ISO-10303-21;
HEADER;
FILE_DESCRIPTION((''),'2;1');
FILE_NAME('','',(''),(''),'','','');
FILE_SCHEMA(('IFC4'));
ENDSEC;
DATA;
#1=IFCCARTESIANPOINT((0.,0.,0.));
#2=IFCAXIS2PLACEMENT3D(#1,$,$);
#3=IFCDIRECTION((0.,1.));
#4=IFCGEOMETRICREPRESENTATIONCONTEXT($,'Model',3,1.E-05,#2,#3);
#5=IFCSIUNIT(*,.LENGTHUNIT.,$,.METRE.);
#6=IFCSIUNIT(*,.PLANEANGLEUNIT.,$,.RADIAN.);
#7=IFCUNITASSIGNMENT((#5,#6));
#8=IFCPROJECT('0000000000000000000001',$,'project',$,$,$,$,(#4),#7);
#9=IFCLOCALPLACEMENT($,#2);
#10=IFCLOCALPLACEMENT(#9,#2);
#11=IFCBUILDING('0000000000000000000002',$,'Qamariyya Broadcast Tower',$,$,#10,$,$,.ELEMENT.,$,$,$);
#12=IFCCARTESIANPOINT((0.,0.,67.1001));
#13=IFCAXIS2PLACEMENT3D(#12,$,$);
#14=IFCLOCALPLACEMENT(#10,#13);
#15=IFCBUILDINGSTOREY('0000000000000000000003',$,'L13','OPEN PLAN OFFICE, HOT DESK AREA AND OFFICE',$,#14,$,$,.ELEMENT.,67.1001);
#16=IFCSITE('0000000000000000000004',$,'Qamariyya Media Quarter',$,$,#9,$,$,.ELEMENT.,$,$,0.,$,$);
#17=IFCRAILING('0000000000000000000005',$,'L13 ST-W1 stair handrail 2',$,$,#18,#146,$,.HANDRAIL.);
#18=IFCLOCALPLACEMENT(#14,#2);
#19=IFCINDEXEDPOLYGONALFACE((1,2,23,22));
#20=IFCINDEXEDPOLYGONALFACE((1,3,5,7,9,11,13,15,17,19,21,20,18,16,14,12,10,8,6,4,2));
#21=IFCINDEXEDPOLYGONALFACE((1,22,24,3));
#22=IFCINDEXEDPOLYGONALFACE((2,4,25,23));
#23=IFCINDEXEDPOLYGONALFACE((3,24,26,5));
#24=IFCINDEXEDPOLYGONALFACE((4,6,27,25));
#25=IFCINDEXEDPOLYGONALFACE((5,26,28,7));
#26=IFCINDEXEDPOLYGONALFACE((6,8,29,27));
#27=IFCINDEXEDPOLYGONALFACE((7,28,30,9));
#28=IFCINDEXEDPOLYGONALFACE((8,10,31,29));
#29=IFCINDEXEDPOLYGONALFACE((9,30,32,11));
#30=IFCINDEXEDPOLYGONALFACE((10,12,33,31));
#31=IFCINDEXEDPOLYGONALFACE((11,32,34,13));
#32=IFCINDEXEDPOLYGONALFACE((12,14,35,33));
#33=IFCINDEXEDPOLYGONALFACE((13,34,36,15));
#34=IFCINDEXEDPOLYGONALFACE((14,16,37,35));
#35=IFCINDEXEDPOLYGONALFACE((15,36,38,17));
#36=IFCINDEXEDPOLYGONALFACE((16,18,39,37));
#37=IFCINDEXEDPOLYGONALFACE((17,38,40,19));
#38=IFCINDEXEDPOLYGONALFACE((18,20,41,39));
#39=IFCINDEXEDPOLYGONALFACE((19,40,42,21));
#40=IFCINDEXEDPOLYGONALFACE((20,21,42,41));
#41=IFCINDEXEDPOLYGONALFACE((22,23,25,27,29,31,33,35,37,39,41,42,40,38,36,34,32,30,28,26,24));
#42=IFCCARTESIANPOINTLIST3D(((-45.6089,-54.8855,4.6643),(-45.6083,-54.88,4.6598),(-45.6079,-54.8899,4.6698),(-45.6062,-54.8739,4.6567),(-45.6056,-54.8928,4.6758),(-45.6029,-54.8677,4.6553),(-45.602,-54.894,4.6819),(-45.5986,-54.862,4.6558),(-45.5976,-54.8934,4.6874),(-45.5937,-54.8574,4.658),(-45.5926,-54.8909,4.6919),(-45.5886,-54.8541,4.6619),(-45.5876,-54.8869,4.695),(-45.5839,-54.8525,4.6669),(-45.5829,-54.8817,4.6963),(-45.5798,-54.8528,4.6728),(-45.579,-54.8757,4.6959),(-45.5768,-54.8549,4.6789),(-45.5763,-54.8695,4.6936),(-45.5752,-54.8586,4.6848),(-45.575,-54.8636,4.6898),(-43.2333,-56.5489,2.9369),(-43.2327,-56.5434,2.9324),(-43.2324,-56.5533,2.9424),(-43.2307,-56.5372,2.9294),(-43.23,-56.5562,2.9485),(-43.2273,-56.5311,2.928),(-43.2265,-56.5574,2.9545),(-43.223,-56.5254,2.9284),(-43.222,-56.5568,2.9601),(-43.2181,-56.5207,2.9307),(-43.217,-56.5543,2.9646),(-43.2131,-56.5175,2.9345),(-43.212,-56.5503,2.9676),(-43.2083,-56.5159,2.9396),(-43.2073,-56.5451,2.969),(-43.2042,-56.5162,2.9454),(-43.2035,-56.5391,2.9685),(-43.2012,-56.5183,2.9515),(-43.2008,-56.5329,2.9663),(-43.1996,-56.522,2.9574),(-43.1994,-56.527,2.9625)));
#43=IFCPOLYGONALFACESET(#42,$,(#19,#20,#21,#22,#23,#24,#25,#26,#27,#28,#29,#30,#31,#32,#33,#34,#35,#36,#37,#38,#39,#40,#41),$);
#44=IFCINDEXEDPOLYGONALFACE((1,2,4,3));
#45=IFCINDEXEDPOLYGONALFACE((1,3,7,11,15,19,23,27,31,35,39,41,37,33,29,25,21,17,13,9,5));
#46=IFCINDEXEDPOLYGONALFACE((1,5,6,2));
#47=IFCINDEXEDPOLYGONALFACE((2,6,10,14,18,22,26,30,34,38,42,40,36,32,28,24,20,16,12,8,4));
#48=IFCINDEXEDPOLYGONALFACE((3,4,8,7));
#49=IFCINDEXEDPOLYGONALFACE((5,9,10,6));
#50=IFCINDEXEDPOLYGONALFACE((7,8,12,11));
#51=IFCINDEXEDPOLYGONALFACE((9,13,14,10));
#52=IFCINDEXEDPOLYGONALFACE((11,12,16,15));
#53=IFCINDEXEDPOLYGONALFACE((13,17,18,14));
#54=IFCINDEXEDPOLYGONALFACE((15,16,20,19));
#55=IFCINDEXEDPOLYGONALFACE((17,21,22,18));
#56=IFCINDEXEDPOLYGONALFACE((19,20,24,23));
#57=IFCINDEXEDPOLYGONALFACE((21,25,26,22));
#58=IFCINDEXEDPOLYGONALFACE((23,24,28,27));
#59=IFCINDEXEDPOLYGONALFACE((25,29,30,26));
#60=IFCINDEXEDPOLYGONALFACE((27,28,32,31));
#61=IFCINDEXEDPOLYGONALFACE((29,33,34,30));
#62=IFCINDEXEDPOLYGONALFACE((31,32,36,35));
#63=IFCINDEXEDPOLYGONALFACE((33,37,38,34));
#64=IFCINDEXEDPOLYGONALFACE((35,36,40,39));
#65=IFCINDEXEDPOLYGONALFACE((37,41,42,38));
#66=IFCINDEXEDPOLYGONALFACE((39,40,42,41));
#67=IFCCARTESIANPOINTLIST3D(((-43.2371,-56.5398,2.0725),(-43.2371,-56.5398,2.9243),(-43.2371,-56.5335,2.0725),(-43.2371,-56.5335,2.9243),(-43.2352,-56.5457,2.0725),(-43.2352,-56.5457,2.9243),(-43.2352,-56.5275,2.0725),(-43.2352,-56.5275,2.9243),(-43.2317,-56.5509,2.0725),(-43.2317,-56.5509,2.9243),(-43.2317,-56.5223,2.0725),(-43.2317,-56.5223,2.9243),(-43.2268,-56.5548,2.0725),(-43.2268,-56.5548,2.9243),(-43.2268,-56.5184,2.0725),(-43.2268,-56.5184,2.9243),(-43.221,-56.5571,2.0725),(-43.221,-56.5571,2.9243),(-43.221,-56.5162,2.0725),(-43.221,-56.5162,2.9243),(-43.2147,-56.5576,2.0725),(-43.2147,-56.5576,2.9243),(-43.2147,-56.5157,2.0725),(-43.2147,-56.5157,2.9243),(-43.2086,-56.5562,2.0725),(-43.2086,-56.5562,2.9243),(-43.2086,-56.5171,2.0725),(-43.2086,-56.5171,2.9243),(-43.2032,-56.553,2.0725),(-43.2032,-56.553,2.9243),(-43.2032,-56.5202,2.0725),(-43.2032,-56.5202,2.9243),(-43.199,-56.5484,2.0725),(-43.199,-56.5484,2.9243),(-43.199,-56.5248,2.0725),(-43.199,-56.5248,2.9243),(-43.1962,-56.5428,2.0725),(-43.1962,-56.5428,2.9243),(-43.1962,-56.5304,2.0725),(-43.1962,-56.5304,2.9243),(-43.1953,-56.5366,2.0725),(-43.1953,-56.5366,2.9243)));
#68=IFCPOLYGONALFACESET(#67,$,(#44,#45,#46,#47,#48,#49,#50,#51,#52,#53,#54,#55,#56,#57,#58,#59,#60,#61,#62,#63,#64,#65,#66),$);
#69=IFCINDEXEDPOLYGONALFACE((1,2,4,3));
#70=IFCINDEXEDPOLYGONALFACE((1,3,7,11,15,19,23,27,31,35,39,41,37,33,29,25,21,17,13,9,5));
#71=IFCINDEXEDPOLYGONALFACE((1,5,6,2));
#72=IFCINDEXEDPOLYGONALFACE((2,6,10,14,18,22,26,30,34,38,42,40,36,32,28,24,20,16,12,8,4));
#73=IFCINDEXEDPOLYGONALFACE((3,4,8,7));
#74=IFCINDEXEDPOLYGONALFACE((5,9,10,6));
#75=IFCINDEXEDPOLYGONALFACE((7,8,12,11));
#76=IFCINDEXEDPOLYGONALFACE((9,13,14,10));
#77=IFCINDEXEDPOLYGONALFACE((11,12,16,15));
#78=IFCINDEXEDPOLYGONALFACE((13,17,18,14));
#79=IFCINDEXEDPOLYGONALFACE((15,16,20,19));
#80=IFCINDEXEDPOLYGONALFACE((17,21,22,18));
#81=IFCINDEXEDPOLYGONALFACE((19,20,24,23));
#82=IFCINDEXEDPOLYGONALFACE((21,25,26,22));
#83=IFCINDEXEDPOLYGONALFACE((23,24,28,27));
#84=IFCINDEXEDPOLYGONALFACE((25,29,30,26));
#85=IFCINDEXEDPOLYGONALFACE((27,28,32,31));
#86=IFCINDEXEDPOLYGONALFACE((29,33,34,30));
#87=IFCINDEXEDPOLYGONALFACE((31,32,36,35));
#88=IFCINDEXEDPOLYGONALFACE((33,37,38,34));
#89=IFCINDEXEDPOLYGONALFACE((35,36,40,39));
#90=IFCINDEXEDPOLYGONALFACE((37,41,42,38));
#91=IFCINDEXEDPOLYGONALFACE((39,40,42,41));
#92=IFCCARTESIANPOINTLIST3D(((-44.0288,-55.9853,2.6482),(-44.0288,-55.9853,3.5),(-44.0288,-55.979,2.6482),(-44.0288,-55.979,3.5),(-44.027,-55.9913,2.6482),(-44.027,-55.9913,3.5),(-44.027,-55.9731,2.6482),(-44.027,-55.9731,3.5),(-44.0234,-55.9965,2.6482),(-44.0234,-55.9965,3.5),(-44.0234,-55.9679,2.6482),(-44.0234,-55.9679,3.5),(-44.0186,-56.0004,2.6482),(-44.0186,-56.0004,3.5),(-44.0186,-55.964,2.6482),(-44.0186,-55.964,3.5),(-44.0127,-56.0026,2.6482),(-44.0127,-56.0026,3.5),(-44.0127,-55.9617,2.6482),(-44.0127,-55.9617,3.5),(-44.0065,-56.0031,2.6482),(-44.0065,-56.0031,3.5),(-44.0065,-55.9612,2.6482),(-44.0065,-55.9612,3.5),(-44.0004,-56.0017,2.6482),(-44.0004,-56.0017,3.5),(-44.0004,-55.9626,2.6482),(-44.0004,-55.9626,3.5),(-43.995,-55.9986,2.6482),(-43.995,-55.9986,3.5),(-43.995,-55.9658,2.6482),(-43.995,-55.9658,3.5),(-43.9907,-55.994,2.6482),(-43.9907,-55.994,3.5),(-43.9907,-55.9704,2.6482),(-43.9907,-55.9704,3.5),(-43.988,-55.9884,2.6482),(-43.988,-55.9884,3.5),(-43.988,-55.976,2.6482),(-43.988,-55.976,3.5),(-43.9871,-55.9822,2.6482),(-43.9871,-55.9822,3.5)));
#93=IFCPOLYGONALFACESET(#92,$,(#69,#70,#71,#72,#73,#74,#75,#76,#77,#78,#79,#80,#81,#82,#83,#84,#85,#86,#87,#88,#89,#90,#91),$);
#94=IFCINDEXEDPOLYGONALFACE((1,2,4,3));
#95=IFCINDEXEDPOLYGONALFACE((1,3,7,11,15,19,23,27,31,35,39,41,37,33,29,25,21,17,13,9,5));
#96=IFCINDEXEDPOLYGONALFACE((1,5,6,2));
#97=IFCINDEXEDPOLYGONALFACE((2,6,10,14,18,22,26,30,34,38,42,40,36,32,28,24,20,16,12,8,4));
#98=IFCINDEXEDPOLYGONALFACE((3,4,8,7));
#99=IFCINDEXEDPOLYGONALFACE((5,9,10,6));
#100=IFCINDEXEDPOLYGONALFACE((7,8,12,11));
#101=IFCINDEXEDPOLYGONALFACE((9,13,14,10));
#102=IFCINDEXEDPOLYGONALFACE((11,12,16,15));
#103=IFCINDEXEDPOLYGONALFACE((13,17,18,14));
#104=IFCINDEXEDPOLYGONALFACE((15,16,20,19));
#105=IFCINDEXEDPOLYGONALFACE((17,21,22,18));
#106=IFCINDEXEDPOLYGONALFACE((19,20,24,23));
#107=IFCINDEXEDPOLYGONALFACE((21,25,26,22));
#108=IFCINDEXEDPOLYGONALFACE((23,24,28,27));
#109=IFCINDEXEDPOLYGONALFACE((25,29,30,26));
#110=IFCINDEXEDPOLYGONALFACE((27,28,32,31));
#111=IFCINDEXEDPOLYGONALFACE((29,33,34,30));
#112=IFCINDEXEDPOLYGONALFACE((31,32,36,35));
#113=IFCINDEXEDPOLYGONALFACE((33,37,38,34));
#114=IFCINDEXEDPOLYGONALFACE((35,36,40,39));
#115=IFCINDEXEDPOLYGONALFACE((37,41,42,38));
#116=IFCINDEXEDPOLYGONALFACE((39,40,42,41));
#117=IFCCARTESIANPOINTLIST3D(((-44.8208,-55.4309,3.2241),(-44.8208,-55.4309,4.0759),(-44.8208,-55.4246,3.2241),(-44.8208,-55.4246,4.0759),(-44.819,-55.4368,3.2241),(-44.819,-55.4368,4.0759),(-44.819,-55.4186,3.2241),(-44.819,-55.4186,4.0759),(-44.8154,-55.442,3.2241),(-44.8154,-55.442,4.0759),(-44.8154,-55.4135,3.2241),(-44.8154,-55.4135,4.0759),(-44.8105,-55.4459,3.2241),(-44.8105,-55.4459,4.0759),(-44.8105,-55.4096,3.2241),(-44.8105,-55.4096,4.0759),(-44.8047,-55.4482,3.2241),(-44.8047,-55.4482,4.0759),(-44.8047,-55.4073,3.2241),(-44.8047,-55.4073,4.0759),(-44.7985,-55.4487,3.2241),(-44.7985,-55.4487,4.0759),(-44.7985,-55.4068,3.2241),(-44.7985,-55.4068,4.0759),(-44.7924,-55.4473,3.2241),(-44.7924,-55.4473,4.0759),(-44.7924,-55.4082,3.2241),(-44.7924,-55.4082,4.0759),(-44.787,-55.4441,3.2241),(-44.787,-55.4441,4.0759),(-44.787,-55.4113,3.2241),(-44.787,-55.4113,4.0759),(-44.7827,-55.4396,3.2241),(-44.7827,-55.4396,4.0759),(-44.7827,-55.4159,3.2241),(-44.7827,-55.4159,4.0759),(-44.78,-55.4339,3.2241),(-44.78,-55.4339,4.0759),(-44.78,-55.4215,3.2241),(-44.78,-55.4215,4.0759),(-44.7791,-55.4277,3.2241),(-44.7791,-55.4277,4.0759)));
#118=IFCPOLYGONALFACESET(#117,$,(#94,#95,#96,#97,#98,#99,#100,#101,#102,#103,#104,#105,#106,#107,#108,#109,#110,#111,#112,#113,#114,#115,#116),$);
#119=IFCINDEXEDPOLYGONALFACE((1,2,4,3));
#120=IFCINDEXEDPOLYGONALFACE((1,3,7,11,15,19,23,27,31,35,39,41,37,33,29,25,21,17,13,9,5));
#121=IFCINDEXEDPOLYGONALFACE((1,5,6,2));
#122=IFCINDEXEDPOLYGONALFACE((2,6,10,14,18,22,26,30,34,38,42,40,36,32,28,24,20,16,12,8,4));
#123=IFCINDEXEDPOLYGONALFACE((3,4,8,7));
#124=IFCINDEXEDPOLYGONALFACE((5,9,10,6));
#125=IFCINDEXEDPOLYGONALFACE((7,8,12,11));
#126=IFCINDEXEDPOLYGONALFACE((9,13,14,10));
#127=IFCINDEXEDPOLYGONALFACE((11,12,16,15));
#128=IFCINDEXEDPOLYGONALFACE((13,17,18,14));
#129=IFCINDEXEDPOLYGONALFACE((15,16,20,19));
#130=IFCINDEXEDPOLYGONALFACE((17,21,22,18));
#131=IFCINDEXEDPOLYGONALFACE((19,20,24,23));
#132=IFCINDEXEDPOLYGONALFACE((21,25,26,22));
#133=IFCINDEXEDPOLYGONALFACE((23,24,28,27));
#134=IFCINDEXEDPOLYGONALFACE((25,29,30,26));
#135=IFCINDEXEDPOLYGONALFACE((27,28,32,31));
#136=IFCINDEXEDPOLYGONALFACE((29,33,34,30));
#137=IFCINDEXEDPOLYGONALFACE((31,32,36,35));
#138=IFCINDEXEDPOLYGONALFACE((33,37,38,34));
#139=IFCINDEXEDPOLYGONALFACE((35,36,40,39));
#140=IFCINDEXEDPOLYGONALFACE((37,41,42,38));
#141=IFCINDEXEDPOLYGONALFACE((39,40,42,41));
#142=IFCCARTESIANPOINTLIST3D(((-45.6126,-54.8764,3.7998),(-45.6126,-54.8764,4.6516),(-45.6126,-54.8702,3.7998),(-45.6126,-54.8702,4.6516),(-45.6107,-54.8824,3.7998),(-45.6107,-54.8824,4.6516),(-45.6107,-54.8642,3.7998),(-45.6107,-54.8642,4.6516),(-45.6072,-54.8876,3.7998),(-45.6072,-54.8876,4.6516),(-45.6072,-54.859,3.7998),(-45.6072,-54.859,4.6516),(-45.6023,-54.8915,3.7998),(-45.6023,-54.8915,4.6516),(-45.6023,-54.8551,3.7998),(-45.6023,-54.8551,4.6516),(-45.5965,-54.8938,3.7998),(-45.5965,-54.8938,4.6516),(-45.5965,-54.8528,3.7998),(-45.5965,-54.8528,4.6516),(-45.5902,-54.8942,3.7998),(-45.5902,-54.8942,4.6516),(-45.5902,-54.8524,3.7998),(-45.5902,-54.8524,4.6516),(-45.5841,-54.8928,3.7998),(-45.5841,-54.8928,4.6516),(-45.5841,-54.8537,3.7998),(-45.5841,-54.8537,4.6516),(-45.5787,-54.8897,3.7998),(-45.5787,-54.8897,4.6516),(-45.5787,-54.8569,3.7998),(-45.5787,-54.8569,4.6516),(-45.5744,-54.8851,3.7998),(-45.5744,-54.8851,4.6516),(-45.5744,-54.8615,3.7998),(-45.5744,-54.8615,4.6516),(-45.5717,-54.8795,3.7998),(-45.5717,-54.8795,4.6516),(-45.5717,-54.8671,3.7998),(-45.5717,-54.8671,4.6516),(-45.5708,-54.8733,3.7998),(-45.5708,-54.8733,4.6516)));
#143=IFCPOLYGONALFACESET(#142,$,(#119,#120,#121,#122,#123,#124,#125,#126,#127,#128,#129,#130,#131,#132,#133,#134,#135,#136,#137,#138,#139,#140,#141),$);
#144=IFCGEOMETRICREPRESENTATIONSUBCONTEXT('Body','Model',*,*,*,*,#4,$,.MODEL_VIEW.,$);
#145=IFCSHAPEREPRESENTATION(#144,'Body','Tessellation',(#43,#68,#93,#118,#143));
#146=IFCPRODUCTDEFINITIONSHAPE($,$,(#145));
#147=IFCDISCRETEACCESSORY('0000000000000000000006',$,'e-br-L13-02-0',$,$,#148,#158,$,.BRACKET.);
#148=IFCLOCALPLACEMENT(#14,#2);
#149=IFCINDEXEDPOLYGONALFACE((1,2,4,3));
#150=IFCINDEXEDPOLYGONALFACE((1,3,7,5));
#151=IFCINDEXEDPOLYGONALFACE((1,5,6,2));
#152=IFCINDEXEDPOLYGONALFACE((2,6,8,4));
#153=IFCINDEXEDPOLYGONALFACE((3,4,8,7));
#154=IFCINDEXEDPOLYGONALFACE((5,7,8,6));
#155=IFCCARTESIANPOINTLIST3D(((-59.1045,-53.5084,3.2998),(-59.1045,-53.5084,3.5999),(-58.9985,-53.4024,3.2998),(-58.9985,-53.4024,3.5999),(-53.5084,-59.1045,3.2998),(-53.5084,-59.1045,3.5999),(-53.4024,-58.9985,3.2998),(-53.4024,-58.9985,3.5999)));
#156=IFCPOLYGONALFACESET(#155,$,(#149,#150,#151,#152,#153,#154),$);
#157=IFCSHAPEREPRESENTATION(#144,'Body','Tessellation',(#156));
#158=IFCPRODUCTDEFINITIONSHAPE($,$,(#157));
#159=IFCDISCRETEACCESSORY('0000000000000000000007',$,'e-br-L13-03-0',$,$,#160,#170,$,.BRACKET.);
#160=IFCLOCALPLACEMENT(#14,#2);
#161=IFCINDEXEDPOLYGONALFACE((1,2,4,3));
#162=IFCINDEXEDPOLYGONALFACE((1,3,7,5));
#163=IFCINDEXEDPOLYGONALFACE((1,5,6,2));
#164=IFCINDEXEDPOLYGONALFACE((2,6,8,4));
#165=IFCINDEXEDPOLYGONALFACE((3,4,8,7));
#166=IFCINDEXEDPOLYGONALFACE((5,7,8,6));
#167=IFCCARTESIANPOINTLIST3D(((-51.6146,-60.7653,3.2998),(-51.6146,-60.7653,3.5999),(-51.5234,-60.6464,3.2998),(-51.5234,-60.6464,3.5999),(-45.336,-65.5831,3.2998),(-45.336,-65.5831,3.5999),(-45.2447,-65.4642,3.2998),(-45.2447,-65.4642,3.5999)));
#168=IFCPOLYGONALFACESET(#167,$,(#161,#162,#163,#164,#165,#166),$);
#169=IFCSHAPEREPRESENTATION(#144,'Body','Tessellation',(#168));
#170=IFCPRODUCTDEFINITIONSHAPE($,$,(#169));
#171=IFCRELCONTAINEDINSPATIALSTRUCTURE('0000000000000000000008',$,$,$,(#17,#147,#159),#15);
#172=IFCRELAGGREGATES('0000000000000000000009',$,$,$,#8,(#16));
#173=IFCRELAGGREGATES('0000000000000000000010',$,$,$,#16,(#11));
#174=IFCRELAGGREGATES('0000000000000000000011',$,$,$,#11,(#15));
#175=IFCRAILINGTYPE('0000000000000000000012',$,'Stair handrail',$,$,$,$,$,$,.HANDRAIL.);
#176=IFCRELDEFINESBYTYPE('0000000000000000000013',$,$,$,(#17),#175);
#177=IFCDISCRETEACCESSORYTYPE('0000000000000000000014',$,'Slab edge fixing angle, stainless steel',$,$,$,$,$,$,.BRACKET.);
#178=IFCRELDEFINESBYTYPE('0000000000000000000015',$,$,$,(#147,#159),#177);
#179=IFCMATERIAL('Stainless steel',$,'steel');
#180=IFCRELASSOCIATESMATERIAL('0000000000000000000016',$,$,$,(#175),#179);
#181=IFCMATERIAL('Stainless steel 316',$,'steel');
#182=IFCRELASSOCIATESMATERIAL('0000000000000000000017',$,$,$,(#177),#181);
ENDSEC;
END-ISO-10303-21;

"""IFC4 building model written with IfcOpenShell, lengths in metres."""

from ifc_helpers import new_model, si_unit, direction, frame, origin, origin_2d, place, context, subcontext, project, spatial, rectangle, circle, extrude, material, type_object, element, save


model = new_model("IFC4")

# Units and contexts
model_context = context("Model", 3, precision=1e-05, world=origin(), true_north=direction((0.0, 1.0)))
body_context = subcontext(model_context, "Body", "Model", "MODEL_VIEW")
ifc_project = project(units=[si_unit("LENGTHUNIT", "METRE"), si_unit("PLANEANGLEUNIT", "RADIAN")], contexts=[model_context])

# Site, building, storey
site_placement = place(None, origin())
site = spatial("IfcSite", under=ifc_project, at=site_placement, Name="Qamariyya Media Quarter", CompositionType="ELEMENT", RefElevation=0.0)
building_placement = place(site_placement, origin())
building = spatial("IfcBuilding", under=site, at=building_placement, Name="Qamariyya Broadcast Tower", CompositionType="ELEMENT")
storey_placement = place(building_placement, frame((0.0, 0.0, 67.1001)))
storey = spatial("IfcBuildingStorey", under=building, at=storey_placement, Name="L13", Description="OPEN PLAN OFFICE, HOT DESK AREA AND OFFICE", CompositionType="ELEMENT", Elevation=67.1001)

# Railing
ifc_material_1 = material(Name="Stainless steel", Category="steel")
railing_type_1 = type_object("IfcRailingType", Name="Stair handrail", PredefinedType="HANDRAIL", material=ifc_material_1)
railing_1_placement = place(storey_placement, frame((-43.2163, -56.5366, 2.0725)))
element("IfcRailing", 1, at=railing_1_placement, inside=storey, type_object=railing_type_1, Name="L13 ST-W1 stair handrail 2", PredefinedType="HANDRAIL", context=body_context, shape_type="SweptSolid", body=[
    extrude(circle(Radius=0.0239, at=origin_2d()), frame((0.0, 0.0, 0.876), z_axis=(-0.70377, 0.492784, 0.511734), x_axis=(-0.573575, -0.819153, 0.0)), (0.0, 0.0, 1.0), 3.3755),
    extrude(circle(Radius=0.021, at=origin_2d()), origin(), (0.0, 0.0, 1.0), 0.8518),
    extrude(circle(Radius=0.021, at=origin_2d()), frame((-0.7917, 0.5544, 0.5757)), (0.0, 0.0, 1.0), 0.8518),
    extrude(circle(Radius=0.021, at=origin_2d()), frame((-1.5837, 1.1089, 1.1516)), (0.0, 0.0, 1.0), 0.8518),
    extrude(circle(Radius=0.021, at=origin_2d()), frame((-2.3755, 1.6633, 1.7273)), (0.0, 0.0, 1.0), 0.8518),
])

# Discrete accessories
ifc_material_2 = material(Name="Stainless steel 316", Category="steel")
discrete_accessory_type = type_object("IfcDiscreteAccessoryType", Name="Slab edge fixing angle, stainless steel", PredefinedType="BRACKET", material=ifc_material_2)
for number, where, z_axis, x_axis, name in (
    (2, (-56.2534, -56.2534, 3.2998), (0.0, 0.0, 1.0), (0.707107, -0.707107, 0.0), "e-br-L13-02-0"),
    (3, (-48.4297, -63.1147, 3.2998), (0.0, 0.0, 1.0), (0.793353, -0.608761, 0.0), "e-br-L13-03-0"),
):
    element("IfcDiscreteAccessory", number, at=place(storey_placement, frame(where, z_axis=z_axis, x_axis=x_axis)), inside=storey, type_object=discrete_accessory_type, Name=name, PredefinedType="BRACKET", context=body_context, shape_type="SweptSolid", body=[
        extrude(rectangle(XDim=7.9141, YDim=0.1499, at=origin_2d()), origin(), (0.0, 0.0, 1.0), 0.3),
    ])

save(model, "model.ifc")
